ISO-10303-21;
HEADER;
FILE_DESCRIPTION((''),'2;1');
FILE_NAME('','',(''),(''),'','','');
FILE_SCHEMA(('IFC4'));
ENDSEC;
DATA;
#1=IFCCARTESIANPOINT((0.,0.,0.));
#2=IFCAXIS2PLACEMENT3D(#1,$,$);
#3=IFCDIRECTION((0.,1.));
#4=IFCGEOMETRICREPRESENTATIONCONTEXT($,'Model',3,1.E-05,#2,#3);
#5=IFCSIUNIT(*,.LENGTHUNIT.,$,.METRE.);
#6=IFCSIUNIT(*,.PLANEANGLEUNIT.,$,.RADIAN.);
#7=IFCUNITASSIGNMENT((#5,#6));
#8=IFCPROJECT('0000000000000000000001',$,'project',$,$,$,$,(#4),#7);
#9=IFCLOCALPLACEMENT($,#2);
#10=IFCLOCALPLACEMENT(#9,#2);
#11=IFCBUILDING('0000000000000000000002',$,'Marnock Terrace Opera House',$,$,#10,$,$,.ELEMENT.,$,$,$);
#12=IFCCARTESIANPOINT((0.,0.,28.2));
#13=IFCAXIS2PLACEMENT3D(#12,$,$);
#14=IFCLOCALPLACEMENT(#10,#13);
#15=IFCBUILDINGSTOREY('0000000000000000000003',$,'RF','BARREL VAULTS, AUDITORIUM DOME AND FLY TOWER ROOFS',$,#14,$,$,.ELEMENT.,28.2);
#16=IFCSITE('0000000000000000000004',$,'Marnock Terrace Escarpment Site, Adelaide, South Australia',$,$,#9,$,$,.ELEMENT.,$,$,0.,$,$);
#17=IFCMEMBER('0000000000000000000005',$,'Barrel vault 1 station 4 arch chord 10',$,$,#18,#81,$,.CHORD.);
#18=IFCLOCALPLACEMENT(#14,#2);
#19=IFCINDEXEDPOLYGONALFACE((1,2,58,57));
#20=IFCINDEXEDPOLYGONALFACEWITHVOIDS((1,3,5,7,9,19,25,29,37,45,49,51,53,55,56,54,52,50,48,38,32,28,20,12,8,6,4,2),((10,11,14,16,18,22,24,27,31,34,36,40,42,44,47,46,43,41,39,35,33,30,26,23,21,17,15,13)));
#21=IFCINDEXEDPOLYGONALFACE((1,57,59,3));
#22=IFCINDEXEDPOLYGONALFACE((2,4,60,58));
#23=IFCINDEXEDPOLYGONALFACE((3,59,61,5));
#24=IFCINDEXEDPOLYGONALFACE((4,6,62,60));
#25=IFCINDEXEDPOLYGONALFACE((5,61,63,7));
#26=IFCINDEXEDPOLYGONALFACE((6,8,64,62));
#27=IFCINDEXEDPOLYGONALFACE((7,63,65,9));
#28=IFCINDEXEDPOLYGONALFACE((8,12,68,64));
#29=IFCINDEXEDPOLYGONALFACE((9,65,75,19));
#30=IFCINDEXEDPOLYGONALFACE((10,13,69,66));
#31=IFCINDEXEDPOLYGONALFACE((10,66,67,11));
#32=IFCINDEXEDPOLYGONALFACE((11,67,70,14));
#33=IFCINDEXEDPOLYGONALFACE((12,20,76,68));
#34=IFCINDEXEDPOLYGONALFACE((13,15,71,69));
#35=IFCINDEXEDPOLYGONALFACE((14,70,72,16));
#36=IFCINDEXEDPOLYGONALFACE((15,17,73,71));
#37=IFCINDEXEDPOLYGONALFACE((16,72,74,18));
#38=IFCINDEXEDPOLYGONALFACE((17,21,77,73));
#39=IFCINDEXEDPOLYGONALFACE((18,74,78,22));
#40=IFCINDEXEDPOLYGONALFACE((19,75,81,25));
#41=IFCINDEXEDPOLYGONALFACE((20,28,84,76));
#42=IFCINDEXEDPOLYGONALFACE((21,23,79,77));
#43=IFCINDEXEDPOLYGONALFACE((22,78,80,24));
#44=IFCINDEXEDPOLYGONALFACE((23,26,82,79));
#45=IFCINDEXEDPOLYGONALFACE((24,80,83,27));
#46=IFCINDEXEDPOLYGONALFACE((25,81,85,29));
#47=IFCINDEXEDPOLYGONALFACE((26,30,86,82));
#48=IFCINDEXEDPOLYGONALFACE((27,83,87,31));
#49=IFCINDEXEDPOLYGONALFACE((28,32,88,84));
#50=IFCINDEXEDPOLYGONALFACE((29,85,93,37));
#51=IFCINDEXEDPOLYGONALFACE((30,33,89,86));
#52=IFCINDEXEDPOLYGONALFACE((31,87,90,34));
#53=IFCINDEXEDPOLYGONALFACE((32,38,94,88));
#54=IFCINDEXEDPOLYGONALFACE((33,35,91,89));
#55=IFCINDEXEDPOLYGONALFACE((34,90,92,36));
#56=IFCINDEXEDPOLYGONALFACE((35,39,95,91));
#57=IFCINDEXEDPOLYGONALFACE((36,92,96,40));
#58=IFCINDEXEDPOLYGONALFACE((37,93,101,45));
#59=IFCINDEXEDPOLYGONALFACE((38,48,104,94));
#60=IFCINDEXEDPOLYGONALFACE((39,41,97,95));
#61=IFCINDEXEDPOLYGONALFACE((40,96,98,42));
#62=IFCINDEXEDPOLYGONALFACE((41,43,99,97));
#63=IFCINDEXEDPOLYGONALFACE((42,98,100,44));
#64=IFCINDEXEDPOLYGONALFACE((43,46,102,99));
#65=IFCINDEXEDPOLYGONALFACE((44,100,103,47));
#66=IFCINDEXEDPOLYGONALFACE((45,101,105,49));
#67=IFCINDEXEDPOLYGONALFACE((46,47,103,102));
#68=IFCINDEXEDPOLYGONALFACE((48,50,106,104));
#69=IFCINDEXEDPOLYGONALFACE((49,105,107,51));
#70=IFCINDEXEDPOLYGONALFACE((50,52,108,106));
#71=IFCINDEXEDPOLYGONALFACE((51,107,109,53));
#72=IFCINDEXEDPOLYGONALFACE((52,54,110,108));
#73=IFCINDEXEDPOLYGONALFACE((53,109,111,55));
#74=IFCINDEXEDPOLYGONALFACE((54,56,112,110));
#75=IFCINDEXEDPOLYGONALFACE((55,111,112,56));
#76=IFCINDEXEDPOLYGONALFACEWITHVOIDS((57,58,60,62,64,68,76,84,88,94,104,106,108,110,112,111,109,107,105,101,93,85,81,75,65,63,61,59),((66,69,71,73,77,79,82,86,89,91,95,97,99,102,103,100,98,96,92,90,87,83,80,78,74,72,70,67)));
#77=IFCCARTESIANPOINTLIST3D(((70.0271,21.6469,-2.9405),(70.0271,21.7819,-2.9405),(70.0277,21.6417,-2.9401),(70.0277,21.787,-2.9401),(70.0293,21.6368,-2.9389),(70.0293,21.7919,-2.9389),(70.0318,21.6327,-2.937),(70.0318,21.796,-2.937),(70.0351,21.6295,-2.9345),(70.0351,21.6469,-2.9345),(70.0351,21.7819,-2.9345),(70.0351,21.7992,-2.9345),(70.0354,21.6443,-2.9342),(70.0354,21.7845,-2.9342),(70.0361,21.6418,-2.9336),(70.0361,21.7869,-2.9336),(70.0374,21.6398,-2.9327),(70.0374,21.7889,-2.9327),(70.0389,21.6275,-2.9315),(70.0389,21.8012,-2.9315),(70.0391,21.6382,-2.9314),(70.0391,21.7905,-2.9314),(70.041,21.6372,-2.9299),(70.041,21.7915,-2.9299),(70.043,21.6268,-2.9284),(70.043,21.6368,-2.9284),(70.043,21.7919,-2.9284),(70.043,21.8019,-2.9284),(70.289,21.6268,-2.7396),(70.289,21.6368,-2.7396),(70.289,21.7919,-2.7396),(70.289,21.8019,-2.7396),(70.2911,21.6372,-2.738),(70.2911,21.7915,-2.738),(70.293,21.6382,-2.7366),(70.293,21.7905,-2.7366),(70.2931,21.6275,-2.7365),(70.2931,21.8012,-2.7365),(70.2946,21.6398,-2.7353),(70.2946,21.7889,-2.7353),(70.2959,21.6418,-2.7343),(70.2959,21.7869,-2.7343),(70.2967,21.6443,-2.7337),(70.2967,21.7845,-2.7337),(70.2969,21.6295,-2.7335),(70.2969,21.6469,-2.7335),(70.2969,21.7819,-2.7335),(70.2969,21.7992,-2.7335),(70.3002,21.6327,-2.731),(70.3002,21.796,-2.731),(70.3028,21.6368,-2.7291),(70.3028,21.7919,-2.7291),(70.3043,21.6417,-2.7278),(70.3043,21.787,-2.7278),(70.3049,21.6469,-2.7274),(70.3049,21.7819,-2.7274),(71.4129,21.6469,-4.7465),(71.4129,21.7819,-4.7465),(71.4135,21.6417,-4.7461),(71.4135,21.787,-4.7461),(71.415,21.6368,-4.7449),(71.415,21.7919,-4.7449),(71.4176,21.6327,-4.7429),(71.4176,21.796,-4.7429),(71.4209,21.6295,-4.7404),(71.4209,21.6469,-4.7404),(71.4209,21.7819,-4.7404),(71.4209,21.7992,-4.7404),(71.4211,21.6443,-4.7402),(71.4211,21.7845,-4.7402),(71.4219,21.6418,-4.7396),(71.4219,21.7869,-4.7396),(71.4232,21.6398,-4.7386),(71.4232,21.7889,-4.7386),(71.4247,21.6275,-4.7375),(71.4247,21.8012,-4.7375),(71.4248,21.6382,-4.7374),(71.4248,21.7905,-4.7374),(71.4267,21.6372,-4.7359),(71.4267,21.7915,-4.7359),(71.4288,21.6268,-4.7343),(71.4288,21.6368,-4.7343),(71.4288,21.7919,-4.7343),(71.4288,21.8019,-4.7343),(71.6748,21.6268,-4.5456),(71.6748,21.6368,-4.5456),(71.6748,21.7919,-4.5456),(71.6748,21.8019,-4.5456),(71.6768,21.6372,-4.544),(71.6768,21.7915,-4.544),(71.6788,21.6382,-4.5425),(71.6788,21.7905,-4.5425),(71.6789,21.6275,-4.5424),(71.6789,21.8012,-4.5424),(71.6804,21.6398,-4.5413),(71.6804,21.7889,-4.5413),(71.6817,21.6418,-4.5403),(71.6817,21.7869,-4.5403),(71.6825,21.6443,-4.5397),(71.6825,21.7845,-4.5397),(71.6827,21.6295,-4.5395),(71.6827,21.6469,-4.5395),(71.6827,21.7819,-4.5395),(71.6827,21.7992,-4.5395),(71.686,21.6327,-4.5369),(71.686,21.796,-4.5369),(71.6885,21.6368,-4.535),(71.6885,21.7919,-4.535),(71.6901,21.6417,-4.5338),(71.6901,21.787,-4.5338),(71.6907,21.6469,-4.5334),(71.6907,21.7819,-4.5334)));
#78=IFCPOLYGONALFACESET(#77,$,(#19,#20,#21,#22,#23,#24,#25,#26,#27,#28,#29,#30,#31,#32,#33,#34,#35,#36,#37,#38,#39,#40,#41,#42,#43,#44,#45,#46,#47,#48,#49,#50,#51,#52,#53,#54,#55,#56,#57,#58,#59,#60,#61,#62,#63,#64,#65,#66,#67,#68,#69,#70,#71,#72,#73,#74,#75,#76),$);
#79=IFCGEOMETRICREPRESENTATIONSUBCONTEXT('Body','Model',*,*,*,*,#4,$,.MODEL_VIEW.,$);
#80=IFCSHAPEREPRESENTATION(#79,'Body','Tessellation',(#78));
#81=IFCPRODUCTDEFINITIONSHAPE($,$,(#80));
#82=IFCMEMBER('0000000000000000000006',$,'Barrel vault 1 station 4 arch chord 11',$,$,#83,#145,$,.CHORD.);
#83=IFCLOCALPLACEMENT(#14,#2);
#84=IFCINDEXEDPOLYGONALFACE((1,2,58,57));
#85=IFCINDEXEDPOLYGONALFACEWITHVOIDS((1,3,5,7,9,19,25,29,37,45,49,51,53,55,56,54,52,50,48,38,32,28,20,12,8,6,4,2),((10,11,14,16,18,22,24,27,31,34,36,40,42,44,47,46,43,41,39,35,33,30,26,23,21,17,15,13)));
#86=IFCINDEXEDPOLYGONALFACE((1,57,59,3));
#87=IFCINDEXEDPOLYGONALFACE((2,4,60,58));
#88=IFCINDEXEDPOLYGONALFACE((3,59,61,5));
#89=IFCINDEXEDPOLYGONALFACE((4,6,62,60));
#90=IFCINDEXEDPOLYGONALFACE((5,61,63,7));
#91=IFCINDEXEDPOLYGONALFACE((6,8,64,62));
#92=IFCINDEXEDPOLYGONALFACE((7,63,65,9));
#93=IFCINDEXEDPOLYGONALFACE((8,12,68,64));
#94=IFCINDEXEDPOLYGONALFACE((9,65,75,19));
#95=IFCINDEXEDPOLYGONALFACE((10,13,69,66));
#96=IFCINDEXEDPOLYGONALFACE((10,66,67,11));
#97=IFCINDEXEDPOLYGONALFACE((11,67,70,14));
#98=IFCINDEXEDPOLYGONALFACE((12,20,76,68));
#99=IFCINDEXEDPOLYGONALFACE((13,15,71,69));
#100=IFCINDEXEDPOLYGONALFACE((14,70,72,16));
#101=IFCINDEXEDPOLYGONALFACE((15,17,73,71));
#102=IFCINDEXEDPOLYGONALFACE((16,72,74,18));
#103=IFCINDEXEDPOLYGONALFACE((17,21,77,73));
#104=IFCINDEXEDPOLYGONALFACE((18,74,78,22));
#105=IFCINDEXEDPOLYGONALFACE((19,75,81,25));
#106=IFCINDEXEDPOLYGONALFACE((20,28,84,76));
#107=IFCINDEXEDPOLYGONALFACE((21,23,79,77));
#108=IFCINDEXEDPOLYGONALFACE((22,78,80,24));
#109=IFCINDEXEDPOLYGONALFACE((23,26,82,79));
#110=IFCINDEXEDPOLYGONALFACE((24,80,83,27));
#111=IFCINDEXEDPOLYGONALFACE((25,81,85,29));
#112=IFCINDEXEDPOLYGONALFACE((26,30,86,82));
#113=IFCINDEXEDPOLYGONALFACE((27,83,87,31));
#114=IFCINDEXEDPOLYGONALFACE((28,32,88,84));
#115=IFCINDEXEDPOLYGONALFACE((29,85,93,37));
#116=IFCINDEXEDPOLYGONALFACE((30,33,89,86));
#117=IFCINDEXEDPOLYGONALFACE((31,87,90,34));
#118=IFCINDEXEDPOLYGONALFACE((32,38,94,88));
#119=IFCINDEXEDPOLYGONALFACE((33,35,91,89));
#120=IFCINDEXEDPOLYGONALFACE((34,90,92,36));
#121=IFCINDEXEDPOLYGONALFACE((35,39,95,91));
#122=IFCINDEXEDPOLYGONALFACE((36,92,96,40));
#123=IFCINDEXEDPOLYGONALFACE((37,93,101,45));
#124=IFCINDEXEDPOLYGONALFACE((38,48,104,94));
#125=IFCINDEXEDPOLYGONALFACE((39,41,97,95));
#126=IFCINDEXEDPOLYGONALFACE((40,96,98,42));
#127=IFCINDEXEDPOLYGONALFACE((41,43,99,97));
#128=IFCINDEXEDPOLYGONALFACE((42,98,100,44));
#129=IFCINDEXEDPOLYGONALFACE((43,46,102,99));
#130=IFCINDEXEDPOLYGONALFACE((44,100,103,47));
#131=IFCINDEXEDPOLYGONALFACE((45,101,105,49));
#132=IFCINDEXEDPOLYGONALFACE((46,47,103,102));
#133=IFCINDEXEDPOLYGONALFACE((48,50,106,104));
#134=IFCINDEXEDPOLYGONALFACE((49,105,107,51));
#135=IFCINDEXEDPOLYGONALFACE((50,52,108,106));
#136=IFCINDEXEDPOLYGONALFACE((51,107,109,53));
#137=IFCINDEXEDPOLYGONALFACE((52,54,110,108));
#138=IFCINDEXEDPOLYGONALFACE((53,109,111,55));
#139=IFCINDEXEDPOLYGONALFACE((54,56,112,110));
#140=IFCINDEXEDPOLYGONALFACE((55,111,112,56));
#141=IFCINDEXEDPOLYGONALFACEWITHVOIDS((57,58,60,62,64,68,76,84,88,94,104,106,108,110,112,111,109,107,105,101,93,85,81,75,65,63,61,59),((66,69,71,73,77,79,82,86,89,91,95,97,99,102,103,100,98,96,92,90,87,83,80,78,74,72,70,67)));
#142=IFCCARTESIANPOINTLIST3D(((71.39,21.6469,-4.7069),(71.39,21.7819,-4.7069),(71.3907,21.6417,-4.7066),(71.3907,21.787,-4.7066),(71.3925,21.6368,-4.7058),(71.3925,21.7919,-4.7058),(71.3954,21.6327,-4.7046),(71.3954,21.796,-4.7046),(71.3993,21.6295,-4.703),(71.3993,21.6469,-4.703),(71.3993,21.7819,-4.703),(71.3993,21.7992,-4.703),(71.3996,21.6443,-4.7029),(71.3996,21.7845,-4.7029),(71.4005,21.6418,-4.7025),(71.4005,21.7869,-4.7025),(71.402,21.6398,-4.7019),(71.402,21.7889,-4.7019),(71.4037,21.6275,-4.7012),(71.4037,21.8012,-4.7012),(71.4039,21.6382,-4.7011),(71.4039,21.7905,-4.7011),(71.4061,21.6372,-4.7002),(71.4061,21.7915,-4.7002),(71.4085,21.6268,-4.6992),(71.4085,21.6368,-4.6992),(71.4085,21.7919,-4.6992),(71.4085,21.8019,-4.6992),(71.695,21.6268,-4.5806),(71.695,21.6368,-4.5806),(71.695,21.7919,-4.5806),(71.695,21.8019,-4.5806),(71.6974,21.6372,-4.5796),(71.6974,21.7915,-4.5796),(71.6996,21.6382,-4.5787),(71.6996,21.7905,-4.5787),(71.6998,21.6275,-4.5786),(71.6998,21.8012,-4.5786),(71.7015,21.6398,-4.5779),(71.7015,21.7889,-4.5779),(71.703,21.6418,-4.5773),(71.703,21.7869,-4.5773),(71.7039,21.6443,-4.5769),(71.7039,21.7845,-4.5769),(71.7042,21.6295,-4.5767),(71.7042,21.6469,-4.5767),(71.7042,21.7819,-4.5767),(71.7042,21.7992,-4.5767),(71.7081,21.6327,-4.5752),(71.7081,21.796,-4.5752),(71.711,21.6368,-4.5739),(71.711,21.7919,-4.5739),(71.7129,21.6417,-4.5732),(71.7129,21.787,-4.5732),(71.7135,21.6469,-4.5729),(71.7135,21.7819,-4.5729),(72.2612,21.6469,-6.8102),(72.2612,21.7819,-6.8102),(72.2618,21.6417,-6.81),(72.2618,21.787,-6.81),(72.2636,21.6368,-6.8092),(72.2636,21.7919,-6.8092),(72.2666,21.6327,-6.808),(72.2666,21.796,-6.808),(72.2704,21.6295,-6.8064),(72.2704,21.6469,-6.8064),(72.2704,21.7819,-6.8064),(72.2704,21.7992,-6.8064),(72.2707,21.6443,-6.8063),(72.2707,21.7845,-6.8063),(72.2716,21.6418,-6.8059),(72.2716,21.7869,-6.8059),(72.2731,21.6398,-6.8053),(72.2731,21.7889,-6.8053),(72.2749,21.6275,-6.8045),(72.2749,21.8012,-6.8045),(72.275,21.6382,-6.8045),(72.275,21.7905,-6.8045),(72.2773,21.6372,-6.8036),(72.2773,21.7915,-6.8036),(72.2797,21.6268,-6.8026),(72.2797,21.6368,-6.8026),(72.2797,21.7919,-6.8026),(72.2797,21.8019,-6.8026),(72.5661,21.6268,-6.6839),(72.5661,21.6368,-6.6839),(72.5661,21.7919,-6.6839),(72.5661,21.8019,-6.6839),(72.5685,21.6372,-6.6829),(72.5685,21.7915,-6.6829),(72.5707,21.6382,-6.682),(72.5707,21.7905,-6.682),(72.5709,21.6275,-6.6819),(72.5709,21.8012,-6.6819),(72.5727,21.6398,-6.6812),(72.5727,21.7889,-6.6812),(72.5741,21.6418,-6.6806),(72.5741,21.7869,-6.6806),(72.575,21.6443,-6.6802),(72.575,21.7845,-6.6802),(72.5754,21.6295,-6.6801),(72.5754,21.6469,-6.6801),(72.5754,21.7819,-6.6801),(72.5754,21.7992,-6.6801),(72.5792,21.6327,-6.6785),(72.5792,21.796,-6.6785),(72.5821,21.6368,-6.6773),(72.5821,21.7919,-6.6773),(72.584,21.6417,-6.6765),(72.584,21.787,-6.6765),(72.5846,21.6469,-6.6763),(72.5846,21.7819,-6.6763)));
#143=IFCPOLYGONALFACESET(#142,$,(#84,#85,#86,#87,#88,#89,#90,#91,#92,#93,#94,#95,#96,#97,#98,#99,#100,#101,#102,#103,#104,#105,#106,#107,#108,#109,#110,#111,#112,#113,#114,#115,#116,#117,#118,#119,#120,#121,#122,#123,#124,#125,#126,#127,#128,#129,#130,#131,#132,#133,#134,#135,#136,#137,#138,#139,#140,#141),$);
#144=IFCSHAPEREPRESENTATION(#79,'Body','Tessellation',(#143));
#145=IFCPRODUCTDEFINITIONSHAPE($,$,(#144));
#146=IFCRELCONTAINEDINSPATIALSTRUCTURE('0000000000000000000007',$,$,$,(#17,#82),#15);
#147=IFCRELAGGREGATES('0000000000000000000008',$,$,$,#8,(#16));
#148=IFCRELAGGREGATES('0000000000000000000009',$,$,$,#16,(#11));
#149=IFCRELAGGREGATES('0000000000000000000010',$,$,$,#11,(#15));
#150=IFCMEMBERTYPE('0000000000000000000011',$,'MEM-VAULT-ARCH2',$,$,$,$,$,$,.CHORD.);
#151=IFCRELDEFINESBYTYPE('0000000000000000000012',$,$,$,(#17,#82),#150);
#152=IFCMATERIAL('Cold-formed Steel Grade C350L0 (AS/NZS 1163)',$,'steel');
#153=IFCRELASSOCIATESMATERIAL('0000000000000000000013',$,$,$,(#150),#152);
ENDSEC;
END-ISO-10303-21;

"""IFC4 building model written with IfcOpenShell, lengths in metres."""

from ifc_helpers import new_model, si_unit, direction, frame, origin, origin_2d, place, context, subcontext, project, spatial, hollow_rectangle, extrude, material, material_profile, profile_set, type_object, element, save


model = new_model("IFC4")

# Units and contexts
model_context = context("Model", 3, precision=1e-05, world=origin(), true_north=direction((0.0, 1.0)))
body_context = subcontext(model_context, "Body", "Model", "MODEL_VIEW")
ifc_project = project(units=[si_unit("LENGTHUNIT", "METRE"), si_unit("PLANEANGLEUNIT", "RADIAN")], contexts=[model_context])

# Site, building, storey
site_placement = place(None, origin())
site = spatial("IfcSite", under=ifc_project, at=site_placement, Name="Marnock Terrace Escarpment Site, Adelaide, South Australia", CompositionType="ELEMENT", RefElevation=0.0)
building_placement = place(site_placement, origin())
building = spatial("IfcBuilding", under=site, at=building_placement, Name="Marnock Terrace Opera House", CompositionType="ELEMENT")
storey_placement = place(building_placement, frame((0.0, 0.0, 28.2)))
storey = spatial("IfcBuildingStorey", under=building, at=storey_placement, Name="RF", Description="BARREL VAULTS, AUDITORIUM DOME AND FLY TOWER ROOFS", CompositionType="ELEMENT", Elevation=28.2)

# Members
ifc_material = material(Name="Cold-formed Steel Grade C350L0 (AS/NZS 1163)", Category="steel")
ifc_material_profile_1 = material_profile(ifc_material, hollow_rectangle(XDim=0.175, YDim=0.3501, WallThickness=0.01, InnerFilletRadius=0.01, OuterFilletRadius=0.02, at=origin_2d()))
ifc_profile_set_1 = profile_set([ifc_material_profile_1], Name="Cold-formed Steel Grade C350L0 (AS/NZS 1163)")
member_type_1 = type_object("IfcMemberType", Name="MEM-VAULT-ARCH2", PredefinedType="CHORD", material=ifc_profile_set_1)
member_1_placement = place(storey_placement, frame((70.166, 21.7144, -2.834), z_axis=(0.608767, 0.0, -0.793349), x_axis=(0.0, 1.0, 0.0)))
element("IfcMember", 1, at=member_1_placement, inside=storey, type_object=member_type_1, Name="Barrel vault 1 station 4 arch chord 10", PredefinedType="CHORD", context=body_context, shape_type="SweptSolid", body=[
    extrude(hollow_rectangle(XDim=0.175, YDim=0.3501, WallThickness=0.01, InnerFilletRadius=0.01, OuterFilletRadius=0.02, at=origin_2d()), origin(), (0.0, 0.0, 1.0), 2.2764),
])
member_2_placement = place(storey_placement, frame((71.5518, 21.7144, -4.6399), z_axis=(0.382642, 0.0, -0.923897), x_axis=(0.0, 1.0, 0.0)))
element("IfcMember", 2, at=member_2_placement, inside=storey, type_object=member_type_1, Name="Barrel vault 1 station 4 arch chord 11", PredefinedType="CHORD", context=body_context, shape_type="SweptSolid", body=[
    extrude(hollow_rectangle(XDim=0.175, YDim=0.3501, WallThickness=0.01, InnerFilletRadius=0.01, OuterFilletRadius=0.02, at=origin_2d()), origin(), (0.0, 0.0, 1.0), 2.2766),
])

save(model, "model.ifc")
